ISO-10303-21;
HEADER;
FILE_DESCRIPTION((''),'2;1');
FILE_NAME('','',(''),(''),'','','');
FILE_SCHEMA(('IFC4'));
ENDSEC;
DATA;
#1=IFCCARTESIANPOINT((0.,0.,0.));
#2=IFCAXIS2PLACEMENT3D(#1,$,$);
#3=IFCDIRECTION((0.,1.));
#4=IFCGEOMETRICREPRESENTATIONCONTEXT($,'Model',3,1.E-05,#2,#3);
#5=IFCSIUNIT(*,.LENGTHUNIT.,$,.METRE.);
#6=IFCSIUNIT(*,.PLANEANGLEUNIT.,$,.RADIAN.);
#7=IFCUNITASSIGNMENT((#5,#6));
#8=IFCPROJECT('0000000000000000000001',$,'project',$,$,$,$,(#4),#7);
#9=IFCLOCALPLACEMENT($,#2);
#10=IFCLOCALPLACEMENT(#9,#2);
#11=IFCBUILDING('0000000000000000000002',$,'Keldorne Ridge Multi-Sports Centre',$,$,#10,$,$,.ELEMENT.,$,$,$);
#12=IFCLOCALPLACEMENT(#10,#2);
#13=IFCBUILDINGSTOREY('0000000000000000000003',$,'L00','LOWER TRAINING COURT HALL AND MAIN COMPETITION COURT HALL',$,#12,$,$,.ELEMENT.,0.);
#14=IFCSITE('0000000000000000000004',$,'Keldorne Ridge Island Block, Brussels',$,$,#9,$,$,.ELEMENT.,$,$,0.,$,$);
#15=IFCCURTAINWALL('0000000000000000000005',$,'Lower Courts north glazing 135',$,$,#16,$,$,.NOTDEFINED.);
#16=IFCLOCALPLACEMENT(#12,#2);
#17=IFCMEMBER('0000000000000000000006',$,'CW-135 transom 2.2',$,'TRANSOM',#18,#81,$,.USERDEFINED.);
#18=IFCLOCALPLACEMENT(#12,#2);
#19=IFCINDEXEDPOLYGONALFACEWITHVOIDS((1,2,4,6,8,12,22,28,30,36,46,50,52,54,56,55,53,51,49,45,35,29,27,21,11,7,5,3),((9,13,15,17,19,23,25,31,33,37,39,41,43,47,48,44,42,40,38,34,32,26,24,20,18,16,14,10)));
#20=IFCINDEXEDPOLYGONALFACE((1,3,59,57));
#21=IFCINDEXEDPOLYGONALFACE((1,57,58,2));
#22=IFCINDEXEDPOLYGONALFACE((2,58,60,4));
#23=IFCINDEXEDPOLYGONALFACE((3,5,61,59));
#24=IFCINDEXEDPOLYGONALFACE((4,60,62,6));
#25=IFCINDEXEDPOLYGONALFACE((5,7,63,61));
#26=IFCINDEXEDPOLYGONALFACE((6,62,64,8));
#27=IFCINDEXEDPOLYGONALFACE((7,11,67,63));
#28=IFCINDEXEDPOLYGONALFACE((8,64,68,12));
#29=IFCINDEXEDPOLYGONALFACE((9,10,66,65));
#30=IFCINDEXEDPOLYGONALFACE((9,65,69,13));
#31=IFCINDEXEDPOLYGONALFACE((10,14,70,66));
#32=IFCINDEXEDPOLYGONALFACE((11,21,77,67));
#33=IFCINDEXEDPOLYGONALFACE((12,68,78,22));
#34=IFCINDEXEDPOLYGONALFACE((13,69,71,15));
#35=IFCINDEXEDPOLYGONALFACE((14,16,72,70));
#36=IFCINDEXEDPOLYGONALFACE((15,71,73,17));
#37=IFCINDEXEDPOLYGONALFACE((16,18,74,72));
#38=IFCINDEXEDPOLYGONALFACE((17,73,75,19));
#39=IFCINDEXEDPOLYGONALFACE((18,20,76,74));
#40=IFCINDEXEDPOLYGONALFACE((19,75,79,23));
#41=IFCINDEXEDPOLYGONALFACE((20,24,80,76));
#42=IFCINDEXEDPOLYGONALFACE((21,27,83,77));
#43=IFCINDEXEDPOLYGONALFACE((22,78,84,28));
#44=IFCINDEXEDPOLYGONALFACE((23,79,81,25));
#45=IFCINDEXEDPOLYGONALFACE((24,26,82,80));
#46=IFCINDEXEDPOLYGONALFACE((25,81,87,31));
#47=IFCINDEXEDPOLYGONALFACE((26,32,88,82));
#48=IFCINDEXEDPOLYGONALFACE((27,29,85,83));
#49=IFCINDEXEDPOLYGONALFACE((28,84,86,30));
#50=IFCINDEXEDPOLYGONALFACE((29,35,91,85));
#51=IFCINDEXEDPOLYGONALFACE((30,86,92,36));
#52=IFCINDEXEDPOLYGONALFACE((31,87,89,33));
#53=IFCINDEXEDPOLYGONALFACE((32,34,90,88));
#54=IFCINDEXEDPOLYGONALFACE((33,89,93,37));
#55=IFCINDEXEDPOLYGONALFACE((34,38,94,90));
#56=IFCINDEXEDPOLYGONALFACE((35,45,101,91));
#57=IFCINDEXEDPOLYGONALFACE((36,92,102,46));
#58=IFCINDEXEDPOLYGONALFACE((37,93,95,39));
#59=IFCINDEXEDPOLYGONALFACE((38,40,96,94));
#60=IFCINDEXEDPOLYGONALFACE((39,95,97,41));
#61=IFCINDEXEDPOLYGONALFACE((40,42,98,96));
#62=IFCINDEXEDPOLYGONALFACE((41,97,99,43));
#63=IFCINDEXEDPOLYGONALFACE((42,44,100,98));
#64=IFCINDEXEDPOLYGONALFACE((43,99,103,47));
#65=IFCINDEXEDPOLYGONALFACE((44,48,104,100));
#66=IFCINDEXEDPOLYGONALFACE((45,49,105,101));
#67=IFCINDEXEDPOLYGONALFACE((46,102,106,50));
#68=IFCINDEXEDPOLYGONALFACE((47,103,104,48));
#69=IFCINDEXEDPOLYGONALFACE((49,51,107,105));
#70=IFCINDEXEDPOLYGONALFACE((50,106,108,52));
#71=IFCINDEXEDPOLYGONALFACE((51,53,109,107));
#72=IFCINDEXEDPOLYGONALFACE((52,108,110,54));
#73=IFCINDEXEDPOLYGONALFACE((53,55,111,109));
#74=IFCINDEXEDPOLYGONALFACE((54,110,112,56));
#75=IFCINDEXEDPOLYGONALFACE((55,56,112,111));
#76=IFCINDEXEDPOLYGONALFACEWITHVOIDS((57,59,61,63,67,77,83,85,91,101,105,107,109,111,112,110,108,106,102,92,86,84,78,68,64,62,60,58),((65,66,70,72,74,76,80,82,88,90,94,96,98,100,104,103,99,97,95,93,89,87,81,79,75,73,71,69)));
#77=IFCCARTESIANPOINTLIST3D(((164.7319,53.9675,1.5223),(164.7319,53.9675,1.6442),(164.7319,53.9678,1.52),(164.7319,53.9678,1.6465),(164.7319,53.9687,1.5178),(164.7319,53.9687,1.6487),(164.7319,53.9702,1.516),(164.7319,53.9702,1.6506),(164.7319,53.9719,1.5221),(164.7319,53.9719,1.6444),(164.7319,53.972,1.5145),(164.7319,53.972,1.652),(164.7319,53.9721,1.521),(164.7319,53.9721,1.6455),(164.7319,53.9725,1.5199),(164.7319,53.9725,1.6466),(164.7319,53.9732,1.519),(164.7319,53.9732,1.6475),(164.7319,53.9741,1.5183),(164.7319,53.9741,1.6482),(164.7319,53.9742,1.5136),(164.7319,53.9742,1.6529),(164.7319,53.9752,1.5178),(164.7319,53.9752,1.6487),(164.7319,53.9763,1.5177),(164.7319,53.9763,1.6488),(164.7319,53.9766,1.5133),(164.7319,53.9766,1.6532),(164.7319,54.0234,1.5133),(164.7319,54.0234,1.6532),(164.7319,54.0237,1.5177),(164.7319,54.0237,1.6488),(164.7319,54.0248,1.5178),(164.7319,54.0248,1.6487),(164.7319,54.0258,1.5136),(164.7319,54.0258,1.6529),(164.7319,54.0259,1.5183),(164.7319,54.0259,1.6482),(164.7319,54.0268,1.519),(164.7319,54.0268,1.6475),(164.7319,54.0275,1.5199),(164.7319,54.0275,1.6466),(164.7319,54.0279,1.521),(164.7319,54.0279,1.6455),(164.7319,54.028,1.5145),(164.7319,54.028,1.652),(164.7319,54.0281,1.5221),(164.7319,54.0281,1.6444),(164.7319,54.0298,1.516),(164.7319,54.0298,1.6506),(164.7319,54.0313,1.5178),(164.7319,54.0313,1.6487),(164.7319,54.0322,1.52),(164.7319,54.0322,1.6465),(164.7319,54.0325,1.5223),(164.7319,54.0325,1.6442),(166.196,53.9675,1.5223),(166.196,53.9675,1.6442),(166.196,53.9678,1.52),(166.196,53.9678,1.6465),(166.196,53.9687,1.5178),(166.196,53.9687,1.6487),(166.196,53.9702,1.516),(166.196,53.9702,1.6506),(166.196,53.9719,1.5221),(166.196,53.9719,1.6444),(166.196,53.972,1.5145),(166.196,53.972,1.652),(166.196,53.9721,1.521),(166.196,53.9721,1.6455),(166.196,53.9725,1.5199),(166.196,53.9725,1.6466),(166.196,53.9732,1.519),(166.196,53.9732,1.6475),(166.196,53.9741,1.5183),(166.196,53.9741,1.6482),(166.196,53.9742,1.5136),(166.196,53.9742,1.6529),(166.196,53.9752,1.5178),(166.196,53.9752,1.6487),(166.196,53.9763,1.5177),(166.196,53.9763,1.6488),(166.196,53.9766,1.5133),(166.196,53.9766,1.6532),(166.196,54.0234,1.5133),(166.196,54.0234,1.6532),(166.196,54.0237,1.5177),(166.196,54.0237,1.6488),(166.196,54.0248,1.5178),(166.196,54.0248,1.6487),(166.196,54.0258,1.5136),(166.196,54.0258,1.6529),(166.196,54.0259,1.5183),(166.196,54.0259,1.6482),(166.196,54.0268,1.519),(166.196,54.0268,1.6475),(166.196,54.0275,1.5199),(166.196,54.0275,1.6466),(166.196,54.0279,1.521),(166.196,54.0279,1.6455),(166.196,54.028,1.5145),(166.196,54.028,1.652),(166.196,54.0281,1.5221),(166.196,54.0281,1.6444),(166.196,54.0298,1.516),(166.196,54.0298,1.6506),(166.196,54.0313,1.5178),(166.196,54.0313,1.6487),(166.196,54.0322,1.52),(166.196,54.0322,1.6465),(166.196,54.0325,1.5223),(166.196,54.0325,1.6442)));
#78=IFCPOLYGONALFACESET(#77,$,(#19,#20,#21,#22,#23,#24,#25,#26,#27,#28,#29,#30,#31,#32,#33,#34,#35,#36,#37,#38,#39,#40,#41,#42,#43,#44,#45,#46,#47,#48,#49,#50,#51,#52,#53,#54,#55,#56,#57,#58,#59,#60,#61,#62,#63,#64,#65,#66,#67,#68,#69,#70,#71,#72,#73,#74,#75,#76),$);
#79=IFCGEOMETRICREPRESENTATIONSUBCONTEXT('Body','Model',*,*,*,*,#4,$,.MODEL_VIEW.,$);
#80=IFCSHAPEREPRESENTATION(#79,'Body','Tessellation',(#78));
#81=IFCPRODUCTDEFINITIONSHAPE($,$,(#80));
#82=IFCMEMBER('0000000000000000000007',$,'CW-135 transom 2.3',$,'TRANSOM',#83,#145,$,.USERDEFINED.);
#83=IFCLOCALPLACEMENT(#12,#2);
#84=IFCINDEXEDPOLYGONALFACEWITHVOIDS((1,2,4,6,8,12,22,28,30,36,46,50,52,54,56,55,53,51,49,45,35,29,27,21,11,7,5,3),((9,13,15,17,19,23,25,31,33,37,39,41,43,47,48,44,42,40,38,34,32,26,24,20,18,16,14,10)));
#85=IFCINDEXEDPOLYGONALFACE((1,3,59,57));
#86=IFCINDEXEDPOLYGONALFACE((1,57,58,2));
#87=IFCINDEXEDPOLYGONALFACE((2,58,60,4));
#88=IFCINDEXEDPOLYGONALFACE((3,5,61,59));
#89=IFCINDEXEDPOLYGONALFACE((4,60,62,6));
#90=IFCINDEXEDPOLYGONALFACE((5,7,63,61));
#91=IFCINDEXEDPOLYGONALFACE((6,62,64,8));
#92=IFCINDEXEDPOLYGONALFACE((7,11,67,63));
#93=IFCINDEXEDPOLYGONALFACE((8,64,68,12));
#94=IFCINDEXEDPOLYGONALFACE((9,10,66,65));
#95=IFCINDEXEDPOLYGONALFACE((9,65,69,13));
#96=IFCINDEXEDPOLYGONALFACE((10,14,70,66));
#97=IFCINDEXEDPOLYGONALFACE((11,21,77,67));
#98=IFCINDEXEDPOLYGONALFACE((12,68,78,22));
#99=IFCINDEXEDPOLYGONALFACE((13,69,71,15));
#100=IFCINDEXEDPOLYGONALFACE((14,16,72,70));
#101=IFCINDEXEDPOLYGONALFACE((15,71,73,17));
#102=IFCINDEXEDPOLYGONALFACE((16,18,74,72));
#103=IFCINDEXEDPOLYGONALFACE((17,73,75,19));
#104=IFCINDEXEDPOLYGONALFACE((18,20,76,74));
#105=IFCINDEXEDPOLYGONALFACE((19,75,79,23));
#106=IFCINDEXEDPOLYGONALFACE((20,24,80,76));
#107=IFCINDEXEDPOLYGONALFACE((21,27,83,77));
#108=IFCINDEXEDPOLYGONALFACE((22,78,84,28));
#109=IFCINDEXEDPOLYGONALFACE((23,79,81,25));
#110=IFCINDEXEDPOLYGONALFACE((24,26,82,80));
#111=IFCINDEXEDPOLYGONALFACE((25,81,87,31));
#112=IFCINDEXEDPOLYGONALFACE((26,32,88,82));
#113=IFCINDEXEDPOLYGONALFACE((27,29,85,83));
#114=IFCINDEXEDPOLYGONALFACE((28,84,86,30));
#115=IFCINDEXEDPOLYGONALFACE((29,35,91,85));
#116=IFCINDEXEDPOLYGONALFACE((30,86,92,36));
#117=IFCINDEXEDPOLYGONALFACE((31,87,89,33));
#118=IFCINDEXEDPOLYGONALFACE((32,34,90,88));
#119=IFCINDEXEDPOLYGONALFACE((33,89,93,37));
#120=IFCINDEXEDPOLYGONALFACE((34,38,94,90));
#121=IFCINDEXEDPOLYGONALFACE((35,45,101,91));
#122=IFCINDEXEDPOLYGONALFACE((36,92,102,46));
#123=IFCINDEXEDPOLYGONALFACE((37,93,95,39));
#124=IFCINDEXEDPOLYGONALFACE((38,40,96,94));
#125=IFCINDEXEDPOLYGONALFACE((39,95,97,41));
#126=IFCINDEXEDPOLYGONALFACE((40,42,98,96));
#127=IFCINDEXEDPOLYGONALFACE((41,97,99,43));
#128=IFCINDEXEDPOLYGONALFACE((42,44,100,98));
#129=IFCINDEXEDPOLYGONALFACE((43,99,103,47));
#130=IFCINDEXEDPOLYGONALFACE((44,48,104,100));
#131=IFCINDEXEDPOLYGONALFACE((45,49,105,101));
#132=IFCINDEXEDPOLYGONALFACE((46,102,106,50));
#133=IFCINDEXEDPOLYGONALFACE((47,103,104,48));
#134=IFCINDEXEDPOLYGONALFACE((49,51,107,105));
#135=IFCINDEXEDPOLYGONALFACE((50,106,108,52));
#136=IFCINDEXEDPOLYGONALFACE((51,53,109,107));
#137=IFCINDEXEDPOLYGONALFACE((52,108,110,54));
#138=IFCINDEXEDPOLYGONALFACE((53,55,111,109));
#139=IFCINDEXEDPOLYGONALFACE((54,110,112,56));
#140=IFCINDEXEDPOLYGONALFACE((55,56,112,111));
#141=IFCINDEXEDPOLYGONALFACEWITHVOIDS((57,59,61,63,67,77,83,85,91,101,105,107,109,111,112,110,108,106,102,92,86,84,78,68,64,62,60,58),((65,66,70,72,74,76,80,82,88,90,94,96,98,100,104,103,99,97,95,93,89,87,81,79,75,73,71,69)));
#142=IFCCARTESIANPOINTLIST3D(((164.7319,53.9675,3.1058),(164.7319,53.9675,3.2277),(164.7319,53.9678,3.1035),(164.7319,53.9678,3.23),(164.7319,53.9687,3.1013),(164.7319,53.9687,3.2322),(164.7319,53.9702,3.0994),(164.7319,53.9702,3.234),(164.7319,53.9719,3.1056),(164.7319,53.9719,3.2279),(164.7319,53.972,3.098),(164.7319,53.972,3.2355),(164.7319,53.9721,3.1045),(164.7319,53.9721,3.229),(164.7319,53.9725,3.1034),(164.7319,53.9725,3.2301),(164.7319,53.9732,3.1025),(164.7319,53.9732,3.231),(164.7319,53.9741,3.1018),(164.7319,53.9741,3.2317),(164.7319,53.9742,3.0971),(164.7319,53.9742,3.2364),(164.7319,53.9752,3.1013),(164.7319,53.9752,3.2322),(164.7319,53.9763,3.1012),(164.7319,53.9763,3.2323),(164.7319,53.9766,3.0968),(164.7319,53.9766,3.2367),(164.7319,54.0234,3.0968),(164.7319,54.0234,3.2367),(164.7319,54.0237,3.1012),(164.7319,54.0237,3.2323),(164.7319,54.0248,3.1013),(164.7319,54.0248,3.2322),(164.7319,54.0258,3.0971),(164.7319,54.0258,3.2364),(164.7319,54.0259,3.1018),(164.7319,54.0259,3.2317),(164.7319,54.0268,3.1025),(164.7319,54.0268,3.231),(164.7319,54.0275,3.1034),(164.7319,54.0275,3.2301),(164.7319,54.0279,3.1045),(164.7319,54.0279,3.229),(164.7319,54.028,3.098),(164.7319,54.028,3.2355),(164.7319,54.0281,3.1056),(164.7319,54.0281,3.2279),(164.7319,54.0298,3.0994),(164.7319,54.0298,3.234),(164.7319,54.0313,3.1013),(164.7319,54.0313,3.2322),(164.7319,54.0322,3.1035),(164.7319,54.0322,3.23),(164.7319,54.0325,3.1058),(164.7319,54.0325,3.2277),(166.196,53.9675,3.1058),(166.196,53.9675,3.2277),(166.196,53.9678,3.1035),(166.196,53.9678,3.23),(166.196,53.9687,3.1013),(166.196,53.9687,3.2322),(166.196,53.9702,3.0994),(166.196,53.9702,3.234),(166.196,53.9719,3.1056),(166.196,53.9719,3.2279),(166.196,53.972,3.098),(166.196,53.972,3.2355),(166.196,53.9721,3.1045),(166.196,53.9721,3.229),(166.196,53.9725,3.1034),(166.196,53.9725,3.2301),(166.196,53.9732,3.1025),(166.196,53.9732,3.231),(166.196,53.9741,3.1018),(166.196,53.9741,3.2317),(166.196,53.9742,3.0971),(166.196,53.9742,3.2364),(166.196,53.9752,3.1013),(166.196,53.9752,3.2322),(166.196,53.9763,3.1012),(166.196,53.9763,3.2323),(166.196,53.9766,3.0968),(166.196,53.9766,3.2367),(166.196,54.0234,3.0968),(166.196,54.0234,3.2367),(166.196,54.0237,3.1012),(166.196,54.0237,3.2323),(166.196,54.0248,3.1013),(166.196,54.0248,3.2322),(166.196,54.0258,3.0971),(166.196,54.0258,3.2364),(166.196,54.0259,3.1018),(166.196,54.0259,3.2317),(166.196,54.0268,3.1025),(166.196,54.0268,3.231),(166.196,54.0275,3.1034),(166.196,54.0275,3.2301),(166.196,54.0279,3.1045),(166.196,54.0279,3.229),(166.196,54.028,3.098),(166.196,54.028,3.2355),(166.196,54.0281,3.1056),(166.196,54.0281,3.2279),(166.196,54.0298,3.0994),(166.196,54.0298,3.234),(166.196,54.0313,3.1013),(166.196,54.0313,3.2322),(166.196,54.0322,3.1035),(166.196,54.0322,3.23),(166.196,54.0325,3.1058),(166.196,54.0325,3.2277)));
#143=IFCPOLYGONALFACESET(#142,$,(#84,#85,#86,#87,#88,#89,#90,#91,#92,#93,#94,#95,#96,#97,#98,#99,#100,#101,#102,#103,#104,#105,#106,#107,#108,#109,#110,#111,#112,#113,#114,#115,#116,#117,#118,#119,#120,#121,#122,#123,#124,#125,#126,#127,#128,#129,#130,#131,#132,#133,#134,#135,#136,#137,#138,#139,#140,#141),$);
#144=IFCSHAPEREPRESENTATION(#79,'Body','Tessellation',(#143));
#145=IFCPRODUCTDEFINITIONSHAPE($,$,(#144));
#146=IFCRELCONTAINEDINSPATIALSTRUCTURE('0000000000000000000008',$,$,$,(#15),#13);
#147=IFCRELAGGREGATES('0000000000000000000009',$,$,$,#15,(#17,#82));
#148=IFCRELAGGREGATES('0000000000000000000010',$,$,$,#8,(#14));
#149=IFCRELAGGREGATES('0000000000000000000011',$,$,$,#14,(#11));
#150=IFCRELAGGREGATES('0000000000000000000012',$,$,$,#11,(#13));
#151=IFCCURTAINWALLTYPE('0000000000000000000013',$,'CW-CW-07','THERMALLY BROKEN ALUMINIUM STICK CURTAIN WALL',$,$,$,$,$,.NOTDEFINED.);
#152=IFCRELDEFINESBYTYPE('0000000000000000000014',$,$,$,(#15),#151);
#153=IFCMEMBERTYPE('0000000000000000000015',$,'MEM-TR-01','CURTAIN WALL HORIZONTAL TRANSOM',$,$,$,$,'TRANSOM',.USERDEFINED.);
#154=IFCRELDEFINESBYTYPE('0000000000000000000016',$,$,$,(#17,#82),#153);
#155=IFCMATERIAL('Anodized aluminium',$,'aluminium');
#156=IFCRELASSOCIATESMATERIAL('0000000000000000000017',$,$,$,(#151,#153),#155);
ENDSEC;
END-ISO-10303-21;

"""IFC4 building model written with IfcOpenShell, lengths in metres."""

from ifc_helpers import new_model, si_unit, direction, frame, origin, origin_2d, place, context, subcontext, project, spatial, hollow_rectangle, extrude, material, material_profile, profile_set, type_object, element, aggregate, save


model = new_model("IFC4")

# Units and contexts
model_context = context("Model", 3, precision=1e-05, world=origin(), true_north=direction((0.0, 1.0)))
body_context = subcontext(model_context, "Body", "Model", "MODEL_VIEW")
ifc_project = project(units=[si_unit("LENGTHUNIT", "METRE"), si_unit("PLANEANGLEUNIT", "RADIAN")], contexts=[model_context])

# Site, building, storey
site_placement = place(None, origin())
site = spatial("IfcSite", under=ifc_project, at=site_placement, Name="Keldorne Ridge Island Block, Brussels", CompositionType="ELEMENT", RefElevation=0.0)
building_placement = place(site_placement, origin())
building = spatial("IfcBuilding", under=site, at=building_placement, Name="Keldorne Ridge Multi-Sports Centre", CompositionType="ELEMENT")
storey_placement = place(building_placement, origin())
storey = spatial("IfcBuildingStorey", under=building, at=storey_placement, Name="L00", Description="LOWER TRAINING COURT HALL AND MAIN COMPETITION COURT HALL", CompositionType="ELEMENT", Elevation=0.0)

# Curtain wall, members
ifc_material_1 = material(Name="Anodized aluminium", Category="aluminium")
curtain_wall_type = type_object("IfcCurtainWallType", Name="CW-CW-07", Description="THERMALLY BROKEN ALUMINIUM STICK CURTAIN WALL", PredefinedType="NOTDEFINED", material=ifc_material_1)
curtain_wall_placement = place(storey_placement, origin())
curtain_wall = element("IfcCurtainWall", 1, at=curtain_wall_placement, inside=storey, type_object=curtain_wall_type, Name="Lower Courts north glazing 135", PredefinedType="NOTDEFINED")
ifc_material_profile_1 = material_profile(ifc_material_1, hollow_rectangle(XDim=0.0649, YDim=0.1399, WallThickness=0.0044, InnerFilletRadius=0.0044, OuterFilletRadius=0.009, at=origin_2d()), Name="ALU TRANSOM 140x65x4.5")
ifc_profile_set_1 = profile_set([ifc_material_profile_1], Name="Anodized aluminium")
member_type_1 = type_object("IfcMemberType", Name="MEM-TR-01", Description="CURTAIN WALL HORIZONTAL TRANSOM", ElementType="TRANSOM", PredefinedType="USERDEFINED", material=ifc_profile_set_1)
member_1_placement = place(storey_placement, frame((166.196, 54.0, 1.5833), z_axis=(-1.0, 0.0, 0.0), x_axis=(0.0, -1.0, 0.0)))
member_1 = element("IfcMember", 2, at=member_1_placement, type_object=member_type_1, Name="CW-135 transom 2.2", ObjectType="TRANSOM", PredefinedType="USERDEFINED", context=body_context, shape_type="SweptSolid", body=[
    extrude(hollow_rectangle(XDim=0.0649, YDim=0.1399, WallThickness=0.0044, InnerFilletRadius=0.0044, OuterFilletRadius=0.009, at=origin_2d()), origin(), (0.0, 0.0, 1.0), 1.4641),
])
member_2_placement = place(storey_placement, frame((166.196, 54.0, 3.1667), z_axis=(-1.0, 0.0, 0.0), x_axis=(0.0, -1.0, 0.0)))
member_2 = element("IfcMember", 3, at=member_2_placement, type_object=member_type_1, Name="CW-135 transom 2.3", ObjectType="TRANSOM", PredefinedType="USERDEFINED", context=body_context, shape_type="SweptSolid", body=[
    extrude(hollow_rectangle(XDim=0.0649, YDim=0.1399, WallThickness=0.0044, InnerFilletRadius=0.0044, OuterFilletRadius=0.009, at=origin_2d()), origin(), (0.0, 0.0, 1.0), 1.4641),
])
aggregate(curtain_wall, [member_1, member_2])

save(model, "model.ifc")
